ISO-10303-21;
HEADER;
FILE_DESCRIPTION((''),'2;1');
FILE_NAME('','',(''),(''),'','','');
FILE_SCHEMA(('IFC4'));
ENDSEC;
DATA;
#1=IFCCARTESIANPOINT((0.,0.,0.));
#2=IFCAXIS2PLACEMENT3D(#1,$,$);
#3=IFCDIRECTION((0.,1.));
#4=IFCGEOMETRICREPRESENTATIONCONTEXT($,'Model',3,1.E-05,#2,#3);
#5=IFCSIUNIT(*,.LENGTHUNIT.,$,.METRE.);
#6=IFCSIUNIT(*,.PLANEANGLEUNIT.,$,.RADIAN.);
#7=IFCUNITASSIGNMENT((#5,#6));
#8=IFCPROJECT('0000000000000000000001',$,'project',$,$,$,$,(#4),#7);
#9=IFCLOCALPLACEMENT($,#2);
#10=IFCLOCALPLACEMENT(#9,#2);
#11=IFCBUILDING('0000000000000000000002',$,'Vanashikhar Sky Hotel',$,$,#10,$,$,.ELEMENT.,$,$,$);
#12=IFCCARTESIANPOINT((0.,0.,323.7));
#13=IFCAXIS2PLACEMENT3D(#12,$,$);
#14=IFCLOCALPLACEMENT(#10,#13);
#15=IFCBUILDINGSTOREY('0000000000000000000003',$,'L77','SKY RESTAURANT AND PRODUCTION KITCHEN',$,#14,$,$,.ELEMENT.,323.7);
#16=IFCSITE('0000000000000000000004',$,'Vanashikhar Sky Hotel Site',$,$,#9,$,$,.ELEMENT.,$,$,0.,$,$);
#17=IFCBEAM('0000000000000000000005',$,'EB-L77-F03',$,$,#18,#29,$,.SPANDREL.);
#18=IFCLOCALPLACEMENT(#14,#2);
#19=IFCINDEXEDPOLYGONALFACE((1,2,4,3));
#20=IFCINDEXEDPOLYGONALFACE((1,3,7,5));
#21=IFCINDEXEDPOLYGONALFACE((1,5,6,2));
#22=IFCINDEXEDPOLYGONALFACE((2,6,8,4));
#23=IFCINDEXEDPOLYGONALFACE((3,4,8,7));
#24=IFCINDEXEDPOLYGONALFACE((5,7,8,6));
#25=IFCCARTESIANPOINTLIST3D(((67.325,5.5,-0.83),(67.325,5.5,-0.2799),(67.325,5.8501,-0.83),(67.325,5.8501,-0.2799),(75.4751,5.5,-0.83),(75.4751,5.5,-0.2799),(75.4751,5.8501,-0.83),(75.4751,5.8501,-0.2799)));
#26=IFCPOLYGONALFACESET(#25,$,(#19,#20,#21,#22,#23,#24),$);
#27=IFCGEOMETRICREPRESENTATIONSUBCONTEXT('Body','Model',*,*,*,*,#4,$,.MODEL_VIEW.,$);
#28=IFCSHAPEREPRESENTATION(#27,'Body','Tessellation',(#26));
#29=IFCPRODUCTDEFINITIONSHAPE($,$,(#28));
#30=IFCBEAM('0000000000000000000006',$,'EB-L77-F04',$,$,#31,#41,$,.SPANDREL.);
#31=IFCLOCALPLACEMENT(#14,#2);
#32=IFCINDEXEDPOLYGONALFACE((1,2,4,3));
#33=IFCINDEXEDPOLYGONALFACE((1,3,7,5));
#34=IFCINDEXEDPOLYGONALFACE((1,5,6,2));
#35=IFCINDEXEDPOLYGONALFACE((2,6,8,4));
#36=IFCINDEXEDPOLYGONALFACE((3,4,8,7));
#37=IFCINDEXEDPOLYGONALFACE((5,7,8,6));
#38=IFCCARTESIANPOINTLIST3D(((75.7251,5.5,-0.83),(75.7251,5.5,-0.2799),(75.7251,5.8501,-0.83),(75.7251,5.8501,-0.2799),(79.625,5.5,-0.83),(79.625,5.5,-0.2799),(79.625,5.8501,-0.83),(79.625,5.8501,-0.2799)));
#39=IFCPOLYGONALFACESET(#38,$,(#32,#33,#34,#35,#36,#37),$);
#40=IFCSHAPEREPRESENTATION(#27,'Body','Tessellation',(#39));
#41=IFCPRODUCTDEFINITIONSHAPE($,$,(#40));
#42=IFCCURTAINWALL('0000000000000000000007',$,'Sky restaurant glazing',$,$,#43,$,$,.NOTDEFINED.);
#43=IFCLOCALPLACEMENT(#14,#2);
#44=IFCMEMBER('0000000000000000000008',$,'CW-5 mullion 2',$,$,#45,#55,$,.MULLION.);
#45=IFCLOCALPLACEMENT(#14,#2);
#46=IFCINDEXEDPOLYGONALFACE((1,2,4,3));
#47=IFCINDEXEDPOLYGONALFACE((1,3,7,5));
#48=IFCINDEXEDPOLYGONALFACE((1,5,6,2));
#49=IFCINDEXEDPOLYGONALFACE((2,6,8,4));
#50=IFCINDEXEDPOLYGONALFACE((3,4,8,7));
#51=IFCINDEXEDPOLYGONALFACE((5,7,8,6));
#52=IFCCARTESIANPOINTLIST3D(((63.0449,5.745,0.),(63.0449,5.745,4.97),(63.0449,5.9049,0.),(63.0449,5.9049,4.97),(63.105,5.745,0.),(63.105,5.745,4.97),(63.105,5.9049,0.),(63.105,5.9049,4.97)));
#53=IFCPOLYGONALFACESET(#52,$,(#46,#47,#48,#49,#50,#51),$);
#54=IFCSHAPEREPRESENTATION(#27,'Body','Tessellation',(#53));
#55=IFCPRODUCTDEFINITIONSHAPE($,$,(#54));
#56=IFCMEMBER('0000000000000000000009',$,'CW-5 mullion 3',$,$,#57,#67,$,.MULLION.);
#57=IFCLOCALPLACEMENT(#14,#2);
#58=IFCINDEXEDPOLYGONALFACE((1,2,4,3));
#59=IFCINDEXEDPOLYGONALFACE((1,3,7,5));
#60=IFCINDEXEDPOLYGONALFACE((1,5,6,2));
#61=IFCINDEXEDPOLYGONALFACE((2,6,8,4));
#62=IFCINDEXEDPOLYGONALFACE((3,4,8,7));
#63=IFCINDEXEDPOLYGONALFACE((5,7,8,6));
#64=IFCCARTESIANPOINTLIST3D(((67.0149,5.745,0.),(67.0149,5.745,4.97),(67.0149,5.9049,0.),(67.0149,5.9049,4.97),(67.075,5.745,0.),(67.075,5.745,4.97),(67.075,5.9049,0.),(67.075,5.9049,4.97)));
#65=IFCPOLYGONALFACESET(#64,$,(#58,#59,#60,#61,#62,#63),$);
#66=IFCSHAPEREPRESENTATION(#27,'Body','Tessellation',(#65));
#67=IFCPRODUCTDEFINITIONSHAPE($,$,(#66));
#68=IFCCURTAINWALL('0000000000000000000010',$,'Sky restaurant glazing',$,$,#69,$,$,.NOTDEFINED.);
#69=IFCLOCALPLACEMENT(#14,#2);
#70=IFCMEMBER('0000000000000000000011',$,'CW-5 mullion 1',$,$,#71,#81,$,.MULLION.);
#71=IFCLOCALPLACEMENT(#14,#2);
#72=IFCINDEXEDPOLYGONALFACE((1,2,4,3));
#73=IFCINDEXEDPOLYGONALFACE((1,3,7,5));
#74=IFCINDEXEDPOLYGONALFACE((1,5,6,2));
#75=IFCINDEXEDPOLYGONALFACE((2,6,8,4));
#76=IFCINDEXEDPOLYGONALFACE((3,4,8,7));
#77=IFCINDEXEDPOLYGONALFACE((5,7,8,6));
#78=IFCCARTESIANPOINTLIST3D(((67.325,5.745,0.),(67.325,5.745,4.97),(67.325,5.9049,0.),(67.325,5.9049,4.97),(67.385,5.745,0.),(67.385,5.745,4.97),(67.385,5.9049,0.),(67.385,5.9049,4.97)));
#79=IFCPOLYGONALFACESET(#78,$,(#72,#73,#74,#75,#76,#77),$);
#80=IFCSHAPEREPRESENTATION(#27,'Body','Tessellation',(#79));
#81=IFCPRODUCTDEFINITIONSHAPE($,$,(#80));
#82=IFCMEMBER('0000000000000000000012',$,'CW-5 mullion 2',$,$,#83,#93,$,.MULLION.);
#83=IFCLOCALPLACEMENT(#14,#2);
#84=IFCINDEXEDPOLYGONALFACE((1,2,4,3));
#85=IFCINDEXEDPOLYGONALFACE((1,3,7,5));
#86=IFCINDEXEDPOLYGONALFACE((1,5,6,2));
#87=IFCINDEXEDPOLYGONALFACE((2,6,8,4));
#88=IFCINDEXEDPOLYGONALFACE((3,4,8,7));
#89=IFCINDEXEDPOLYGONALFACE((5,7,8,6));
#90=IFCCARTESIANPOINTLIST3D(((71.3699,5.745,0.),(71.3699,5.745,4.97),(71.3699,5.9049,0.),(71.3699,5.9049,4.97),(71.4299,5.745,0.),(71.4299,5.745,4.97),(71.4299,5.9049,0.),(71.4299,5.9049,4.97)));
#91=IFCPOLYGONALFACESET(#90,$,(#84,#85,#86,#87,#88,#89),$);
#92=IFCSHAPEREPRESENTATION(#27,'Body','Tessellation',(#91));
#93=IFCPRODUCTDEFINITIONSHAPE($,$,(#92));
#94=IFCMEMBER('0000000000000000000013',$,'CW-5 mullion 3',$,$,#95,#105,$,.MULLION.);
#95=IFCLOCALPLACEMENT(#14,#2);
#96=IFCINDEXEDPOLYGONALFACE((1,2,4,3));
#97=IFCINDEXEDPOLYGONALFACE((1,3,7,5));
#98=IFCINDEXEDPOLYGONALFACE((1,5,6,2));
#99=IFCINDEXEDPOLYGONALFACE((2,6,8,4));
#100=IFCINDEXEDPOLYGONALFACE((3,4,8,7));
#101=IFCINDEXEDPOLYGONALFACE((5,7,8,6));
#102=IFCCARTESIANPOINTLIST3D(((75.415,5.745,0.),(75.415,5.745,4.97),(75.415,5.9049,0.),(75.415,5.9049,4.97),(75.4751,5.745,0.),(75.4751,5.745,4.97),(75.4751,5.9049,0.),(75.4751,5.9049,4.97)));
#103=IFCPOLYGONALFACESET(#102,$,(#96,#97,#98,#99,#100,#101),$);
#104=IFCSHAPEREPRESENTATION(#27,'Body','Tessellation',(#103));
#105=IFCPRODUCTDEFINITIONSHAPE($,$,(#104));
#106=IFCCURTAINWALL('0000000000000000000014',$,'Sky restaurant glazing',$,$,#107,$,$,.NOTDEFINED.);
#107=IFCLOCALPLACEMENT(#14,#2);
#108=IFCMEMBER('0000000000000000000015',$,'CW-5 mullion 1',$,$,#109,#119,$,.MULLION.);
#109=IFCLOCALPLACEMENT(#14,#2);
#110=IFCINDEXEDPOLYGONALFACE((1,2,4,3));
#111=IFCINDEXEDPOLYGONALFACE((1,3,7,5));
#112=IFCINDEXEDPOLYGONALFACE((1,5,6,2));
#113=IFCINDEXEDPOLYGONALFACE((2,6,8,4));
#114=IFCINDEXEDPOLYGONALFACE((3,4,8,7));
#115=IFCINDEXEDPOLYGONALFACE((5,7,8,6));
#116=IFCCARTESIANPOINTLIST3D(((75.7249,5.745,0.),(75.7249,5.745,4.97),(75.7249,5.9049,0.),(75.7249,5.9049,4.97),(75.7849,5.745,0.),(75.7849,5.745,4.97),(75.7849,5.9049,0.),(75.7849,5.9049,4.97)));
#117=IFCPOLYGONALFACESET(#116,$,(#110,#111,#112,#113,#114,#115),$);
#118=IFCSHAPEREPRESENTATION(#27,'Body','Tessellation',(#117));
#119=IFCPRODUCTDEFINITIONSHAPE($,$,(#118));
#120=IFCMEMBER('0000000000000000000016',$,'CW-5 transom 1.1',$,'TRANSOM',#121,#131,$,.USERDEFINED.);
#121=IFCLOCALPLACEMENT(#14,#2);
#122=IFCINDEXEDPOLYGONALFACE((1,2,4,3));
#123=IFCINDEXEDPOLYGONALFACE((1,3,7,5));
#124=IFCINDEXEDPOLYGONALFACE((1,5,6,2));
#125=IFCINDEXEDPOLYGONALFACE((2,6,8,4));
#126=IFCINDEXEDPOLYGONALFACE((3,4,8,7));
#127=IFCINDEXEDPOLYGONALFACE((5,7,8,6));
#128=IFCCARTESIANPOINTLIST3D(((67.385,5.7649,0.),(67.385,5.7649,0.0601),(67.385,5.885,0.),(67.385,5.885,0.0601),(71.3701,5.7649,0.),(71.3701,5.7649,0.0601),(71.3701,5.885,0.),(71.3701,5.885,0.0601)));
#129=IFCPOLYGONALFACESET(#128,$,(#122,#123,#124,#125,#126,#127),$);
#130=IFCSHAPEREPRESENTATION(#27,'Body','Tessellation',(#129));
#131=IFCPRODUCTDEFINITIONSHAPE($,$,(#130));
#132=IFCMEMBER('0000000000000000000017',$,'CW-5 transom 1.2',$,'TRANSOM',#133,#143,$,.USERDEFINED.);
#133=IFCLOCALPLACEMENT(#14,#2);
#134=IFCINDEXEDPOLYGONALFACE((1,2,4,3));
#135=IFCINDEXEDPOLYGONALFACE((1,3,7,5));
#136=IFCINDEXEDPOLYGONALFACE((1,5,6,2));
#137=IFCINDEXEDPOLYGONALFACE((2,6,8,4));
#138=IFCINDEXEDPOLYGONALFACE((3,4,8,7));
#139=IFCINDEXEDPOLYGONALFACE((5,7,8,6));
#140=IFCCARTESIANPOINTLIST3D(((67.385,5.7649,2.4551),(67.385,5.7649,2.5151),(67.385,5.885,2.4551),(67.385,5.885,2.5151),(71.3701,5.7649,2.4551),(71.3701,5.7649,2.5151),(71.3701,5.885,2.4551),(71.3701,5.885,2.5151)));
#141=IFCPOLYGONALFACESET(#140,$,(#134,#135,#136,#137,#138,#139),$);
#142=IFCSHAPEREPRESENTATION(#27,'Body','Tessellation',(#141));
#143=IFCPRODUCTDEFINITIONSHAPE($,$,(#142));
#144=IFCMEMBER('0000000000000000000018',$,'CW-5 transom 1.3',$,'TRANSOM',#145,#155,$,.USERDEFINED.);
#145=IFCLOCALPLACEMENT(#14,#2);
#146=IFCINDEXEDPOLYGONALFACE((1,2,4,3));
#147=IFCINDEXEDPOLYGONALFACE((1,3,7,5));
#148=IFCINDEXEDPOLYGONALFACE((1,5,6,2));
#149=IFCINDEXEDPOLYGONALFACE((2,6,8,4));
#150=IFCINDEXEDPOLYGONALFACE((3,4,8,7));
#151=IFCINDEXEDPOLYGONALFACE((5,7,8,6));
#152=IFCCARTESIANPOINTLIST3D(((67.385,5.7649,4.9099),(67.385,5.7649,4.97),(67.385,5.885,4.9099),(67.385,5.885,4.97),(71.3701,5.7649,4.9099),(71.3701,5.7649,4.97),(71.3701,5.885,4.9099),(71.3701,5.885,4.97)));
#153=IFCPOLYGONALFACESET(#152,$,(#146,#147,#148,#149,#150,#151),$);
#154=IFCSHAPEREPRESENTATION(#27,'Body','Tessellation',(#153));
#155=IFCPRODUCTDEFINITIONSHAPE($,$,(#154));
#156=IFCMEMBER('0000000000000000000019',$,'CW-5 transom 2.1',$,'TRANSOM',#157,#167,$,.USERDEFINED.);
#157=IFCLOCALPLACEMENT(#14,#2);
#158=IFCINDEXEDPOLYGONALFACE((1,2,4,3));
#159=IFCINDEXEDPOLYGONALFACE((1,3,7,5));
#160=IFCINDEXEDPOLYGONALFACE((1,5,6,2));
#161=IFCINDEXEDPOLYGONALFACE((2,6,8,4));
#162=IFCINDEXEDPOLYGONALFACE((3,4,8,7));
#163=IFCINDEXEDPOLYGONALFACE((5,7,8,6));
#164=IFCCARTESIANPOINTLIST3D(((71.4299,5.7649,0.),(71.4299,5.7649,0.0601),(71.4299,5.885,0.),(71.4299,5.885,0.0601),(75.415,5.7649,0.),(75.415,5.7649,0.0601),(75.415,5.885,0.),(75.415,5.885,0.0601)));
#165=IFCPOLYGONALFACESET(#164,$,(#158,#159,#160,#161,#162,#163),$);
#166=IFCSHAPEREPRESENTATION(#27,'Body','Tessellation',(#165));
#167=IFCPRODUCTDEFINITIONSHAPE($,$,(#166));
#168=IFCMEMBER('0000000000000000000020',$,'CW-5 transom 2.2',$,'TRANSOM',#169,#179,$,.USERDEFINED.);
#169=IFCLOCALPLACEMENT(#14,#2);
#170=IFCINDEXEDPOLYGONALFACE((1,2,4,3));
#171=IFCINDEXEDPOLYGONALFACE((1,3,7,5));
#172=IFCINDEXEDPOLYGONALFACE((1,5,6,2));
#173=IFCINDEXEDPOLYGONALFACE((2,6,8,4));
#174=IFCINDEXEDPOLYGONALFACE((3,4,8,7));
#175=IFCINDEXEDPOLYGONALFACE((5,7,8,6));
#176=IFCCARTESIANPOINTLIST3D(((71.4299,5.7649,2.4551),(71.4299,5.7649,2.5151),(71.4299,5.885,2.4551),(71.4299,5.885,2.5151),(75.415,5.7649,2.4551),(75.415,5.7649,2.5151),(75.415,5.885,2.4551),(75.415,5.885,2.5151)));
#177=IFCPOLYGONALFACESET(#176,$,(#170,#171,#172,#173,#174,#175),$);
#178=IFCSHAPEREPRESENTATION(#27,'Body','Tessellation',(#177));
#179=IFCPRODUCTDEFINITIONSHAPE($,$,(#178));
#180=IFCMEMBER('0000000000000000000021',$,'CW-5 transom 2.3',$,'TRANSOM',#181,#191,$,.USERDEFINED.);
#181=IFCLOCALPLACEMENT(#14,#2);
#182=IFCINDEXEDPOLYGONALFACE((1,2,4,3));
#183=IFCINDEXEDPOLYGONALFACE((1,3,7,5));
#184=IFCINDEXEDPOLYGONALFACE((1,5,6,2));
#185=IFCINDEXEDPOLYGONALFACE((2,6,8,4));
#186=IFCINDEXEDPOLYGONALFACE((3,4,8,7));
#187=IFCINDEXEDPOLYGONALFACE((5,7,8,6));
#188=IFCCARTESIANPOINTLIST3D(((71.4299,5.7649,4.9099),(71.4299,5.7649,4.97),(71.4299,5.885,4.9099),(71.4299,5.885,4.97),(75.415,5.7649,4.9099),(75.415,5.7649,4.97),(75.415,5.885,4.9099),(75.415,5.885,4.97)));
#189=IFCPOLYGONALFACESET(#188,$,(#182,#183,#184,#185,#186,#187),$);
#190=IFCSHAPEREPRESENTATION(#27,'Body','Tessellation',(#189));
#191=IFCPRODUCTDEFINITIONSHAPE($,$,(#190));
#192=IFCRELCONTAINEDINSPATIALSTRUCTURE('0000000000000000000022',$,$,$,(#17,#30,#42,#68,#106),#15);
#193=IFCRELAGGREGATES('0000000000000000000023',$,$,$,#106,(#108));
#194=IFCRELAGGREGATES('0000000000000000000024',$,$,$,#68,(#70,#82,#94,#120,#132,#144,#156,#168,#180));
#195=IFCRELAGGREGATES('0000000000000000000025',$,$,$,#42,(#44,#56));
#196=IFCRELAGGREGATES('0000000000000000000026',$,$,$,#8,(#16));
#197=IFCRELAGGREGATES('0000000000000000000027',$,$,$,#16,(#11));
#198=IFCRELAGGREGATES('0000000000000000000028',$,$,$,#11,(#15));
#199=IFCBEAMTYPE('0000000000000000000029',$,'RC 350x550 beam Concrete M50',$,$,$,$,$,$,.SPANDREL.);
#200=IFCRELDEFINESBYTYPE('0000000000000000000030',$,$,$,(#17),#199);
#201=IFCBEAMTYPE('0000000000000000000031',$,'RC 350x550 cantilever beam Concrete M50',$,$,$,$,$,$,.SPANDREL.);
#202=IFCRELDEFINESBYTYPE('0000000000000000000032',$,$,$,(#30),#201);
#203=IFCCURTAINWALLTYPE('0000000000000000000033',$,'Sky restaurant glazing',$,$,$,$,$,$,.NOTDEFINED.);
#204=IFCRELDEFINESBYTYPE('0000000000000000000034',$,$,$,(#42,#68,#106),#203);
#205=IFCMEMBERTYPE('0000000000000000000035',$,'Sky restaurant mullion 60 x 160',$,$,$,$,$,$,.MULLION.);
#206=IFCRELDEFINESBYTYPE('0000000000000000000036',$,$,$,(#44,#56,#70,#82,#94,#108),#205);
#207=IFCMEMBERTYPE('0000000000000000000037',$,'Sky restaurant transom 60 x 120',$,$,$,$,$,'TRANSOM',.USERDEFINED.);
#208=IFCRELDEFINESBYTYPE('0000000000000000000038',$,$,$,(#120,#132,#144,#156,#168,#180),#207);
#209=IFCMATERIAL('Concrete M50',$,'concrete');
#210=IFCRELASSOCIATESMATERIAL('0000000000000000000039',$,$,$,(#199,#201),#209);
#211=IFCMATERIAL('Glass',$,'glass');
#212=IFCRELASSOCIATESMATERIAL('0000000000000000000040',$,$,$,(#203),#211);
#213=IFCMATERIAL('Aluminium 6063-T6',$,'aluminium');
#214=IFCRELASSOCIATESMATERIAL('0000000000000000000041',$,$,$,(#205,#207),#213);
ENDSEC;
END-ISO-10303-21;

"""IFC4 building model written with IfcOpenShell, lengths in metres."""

from ifc_helpers import new_model, si_unit, direction, frame, origin, origin_2d, place, context, subcontext, project, spatial, rectangle, extrude, source, transform, mapped, material, material_profile, profile_set, type_object, element, aggregate, save


model = new_model("IFC4")

# Units and contexts
model_context = context("Model", 3, precision=1e-05, world=origin(), true_north=direction((0.0, 1.0)))
body_context = subcontext(model_context, "Body", "Model", "MODEL_VIEW")
ifc_project = project(units=[si_unit("LENGTHUNIT", "METRE"), si_unit("PLANEANGLEUNIT", "RADIAN")], contexts=[model_context])

# Site, building, storey
site_placement = place(None, origin())
site = spatial("IfcSite", under=ifc_project, at=site_placement, Name="Vanashikhar Sky Hotel Site", CompositionType="ELEMENT", RefElevation=0.0)
building_placement = place(site_placement, origin())
building = spatial("IfcBuilding", under=site, at=building_placement, Name="Vanashikhar Sky Hotel", CompositionType="ELEMENT")
storey_placement = place(building_placement, frame((0.0, 0.0, 323.7)))
storey = spatial("IfcBuildingStorey", under=building, at=storey_placement, Name="L77", Description="SKY RESTAURANT AND PRODUCTION KITCHEN", CompositionType="ELEMENT", Elevation=323.7)

# Beams
ifc_material_1 = material(Name="Concrete M50", Category="concrete")
ifc_material_profile_1 = material_profile(ifc_material_1, rectangle(XDim=0.3501, YDim=0.55, at=origin_2d()))
ifc_profile_set_1 = profile_set([ifc_material_profile_1], Name="RC 350x550 beam Concrete M50")
beam_type_1 = type_object("IfcBeamType", Name="RC 350x550 beam Concrete M50", PredefinedType="SPANDREL", material=ifc_profile_set_1)
shared_shape_1 = source(origin(), body_context, "Body", "SweptSolid", [
    extrude(rectangle(XDim=0.3501, YDim=0.55, at=origin_2d()), origin(), (0.0, 0.0, 1.0), 8.1501),
])
beam_1_placement = place(storey_placement, frame((67.325, 5.675, -0.5549), z_axis=(1.0, 0.0, 0.0), x_axis=(0.0, 1.0, 0.0)))
element("IfcBeam", 1, at=beam_1_placement, inside=storey, type_object=beam_type_1, Name="EB-L77-F03", PredefinedType="SPANDREL", context=body_context, shape_type="MappedRepresentation", body=[
    mapped(shared_shape_1, transform((0.0, 0.0, 0.0), scale=1.0)),
])
ifc_material_profile_2 = material_profile(ifc_material_1, rectangle(XDim=0.3501, YDim=0.55, at=origin_2d()))
ifc_profile_set_2 = profile_set([ifc_material_profile_2], Name="RC 350x550 cantilever beam Concrete M50")
beam_type_2 = type_object("IfcBeamType", Name="RC 350x550 cantilever beam Concrete M50", PredefinedType="SPANDREL", material=ifc_profile_set_2)
shared_shape_2 = source(origin(), body_context, "Body", "SweptSolid", [
    extrude(rectangle(XDim=0.3501, YDim=0.55, at=origin_2d()), origin(), (0.0, 0.0, 1.0), 3.8999),
])
beam_2_placement = place(storey_placement, frame((75.7251, 5.675, -0.5549), z_axis=(1.0, 0.0, 0.0), x_axis=(0.0, 1.0, 0.0)))
element("IfcBeam", 2, at=beam_2_placement, inside=storey, type_object=beam_type_2, Name="EB-L77-F04", PredefinedType="SPANDREL", context=body_context, shape_type="MappedRepresentation", body=[
    mapped(shared_shape_2, transform((0.0, 0.0, 0.0), scale=1.0)),
])

# Curtain walls, members
ifc_material_2 = material(Name="Glass", Category="glass")
curtain_wall_type = type_object("IfcCurtainWallType", Name="Sky restaurant glazing", PredefinedType="NOTDEFINED", material=ifc_material_2)
curtain_wall_1_placement = place(storey_placement, origin())
curtain_wall_1 = element("IfcCurtainWall", 3, at=curtain_wall_1_placement, inside=storey, type_object=curtain_wall_type, Name="Sky restaurant glazing", PredefinedType="NOTDEFINED")
ifc_material_3 = material(Name="Aluminium 6063-T6", Category="aluminium")
ifc_material_profile_3 = material_profile(ifc_material_3, rectangle(XDim=0.1599, YDim=0.0601, at=origin_2d()))
ifc_profile_set_3 = profile_set([ifc_material_profile_3], Name="Aluminium 6063-T6")
member_type_1 = type_object("IfcMemberType", Name="Sky restaurant mullion 60 x 160", PredefinedType="MULLION", material=ifc_profile_set_3)
shared_shape_3 = source(origin(), body_context, "Body", "SweptSolid", [
    extrude(rectangle(XDim=0.1599, YDim=0.0601, at=origin_2d()), origin(), (0.0, 0.0, 1.0), 4.97),
])
member_1_placement = place(storey_placement, frame((63.075, 5.825, 0.0), z_axis=(0.0, 0.0, 1.0), x_axis=(0.0, 1.0, 0.0)))
member_1 = element("IfcMember", 4, at=member_1_placement, type_object=member_type_1, Name="CW-5 mullion 2", PredefinedType="MULLION", context=body_context, shape_type="MappedRepresentation", body=[
    mapped(shared_shape_3, transform((0.0, 0.0, 0.0), scale=1.0)),
])
member_2_placement = place(storey_placement, frame((67.0449, 5.825, 0.0), z_axis=(0.0, 0.0, 1.0), x_axis=(0.0, 1.0, 0.0)))
member_2 = element("IfcMember", 5, at=member_2_placement, type_object=member_type_1, Name="CW-5 mullion 3", PredefinedType="MULLION", context=body_context, shape_type="MappedRepresentation", body=[
    mapped(shared_shape_3, transform((0.0, 0.0, 0.0), scale=1.0)),
])
curtain_wall_2_placement = place(storey_placement, origin())
curtain_wall_2 = element("IfcCurtainWall", 6, at=curtain_wall_2_placement, inside=storey, type_object=curtain_wall_type, Name="Sky restaurant glazing", PredefinedType="NOTDEFINED")
member_3_placement = place(storey_placement, frame((67.355, 5.825, 0.0), z_axis=(0.0, 0.0, 1.0), x_axis=(0.0, 1.0, 0.0)))
member_3 = element("IfcMember", 7, at=member_3_placement, type_object=member_type_1, Name="CW-5 mullion 1", PredefinedType="MULLION", context=body_context, shape_type="MappedRepresentation", body=[
    mapped(shared_shape_3, transform((0.0, 0.0, 0.0), scale=1.0)),
])
member_4_placement = place(storey_placement, frame((71.3999, 5.825, 0.0), z_axis=(0.0, 0.0, 1.0), x_axis=(0.0, 1.0, 0.0)))
member_4 = element("IfcMember", 8, at=member_4_placement, type_object=member_type_1, Name="CW-5 mullion 2", PredefinedType="MULLION", context=body_context, shape_type="MappedRepresentation", body=[
    mapped(shared_shape_3, transform((0.0, 0.0, 0.0), scale=1.0)),
])
member_5_placement = place(storey_placement, frame((75.4451, 5.825, 0.0), z_axis=(0.0, 0.0, 1.0), x_axis=(0.0, 1.0, 0.0)))
member_5 = element("IfcMember", 9, at=member_5_placement, type_object=member_type_1, Name="CW-5 mullion 3", PredefinedType="MULLION", context=body_context, shape_type="MappedRepresentation", body=[
    mapped(shared_shape_3, transform((0.0, 0.0, 0.0), scale=1.0)),
])

# Curtain wall, member
curtain_wall_3_placement = place(storey_placement, origin())
curtain_wall_3 = element("IfcCurtainWall", 10, at=curtain_wall_3_placement, inside=storey, type_object=curtain_wall_type, Name="Sky restaurant glazing", PredefinedType="NOTDEFINED")
member_6_placement = place(storey_placement, frame((75.7549, 5.825, 0.0), z_axis=(0.0, 0.0, 1.0), x_axis=(0.0, 1.0, 0.0)))
member_6 = element("IfcMember", 11, at=member_6_placement, type_object=member_type_1, Name="CW-5 mullion 1", PredefinedType="MULLION", context=body_context, shape_type="MappedRepresentation", body=[
    mapped(shared_shape_3, transform((0.0, 0.0, 0.0), scale=1.0)),
])
aggregate(curtain_wall_3, [member_6])

# Members
ifc_material_profile_4 = material_profile(ifc_material_3, rectangle(XDim=0.1201, YDim=0.0601, at=origin_2d()))
ifc_profile_set_4 = profile_set([ifc_material_profile_4], Name="Aluminium 6063-T6")
member_type_2 = type_object("IfcMemberType", Name="Sky restaurant transom 60 x 120", ElementType="TRANSOM", PredefinedType="USERDEFINED", material=ifc_profile_set_4)
shared_shape_4 = source(origin(), body_context, "Body", "SweptSolid", [
    extrude(rectangle(XDim=0.1201, YDim=0.0601, at=origin_2d()), origin(), (0.0, 0.0, 1.0), 3.9851),
])
member_7_placement = place(storey_placement, frame((67.385, 5.825, 0.03), z_axis=(1.0, 0.0, 0.0), x_axis=(0.0, 1.0, 0.0)))
member_7 = element("IfcMember", 12, at=member_7_placement, type_object=member_type_2, Name="CW-5 transom 1.1", ObjectType="TRANSOM", PredefinedType="USERDEFINED", context=body_context, shape_type="MappedRepresentation", body=[
    mapped(shared_shape_4, transform((0.0, 0.0, 0.0), scale=1.0)),
])
member_8_placement = place(storey_placement, frame((67.385, 5.825, 2.4851), z_axis=(1.0, 0.0, 0.0), x_axis=(0.0, 1.0, 0.0)))
member_8 = element("IfcMember", 13, at=member_8_placement, type_object=member_type_2, Name="CW-5 transom 1.2", ObjectType="TRANSOM", PredefinedType="USERDEFINED", context=body_context, shape_type="MappedRepresentation", body=[
    mapped(shared_shape_4, transform((0.0, 0.0, 0.0), scale=1.0)),
])
member_9_placement = place(storey_placement, frame((67.385, 5.825, 4.9399), z_axis=(1.0, 0.0, 0.0), x_axis=(0.0, 1.0, 0.0)))
member_9 = element("IfcMember", 14, at=member_9_placement, type_object=member_type_2, Name="CW-5 transom 1.3", ObjectType="TRANSOM", PredefinedType="USERDEFINED", context=body_context, shape_type="MappedRepresentation", body=[
    mapped(shared_shape_4, transform((0.0, 0.0, 0.0), scale=1.0)),
])
member_10_placement = place(storey_placement, frame((71.4299, 5.825, 0.03), z_axis=(1.0, 0.0, 0.0), x_axis=(0.0, 1.0, 0.0)))
member_10 = element("IfcMember", 15, at=member_10_placement, type_object=member_type_2, Name="CW-5 transom 2.1", ObjectType="TRANSOM", PredefinedType="USERDEFINED", context=body_context, shape_type="MappedRepresentation", body=[
    mapped(shared_shape_4, transform((0.0, 0.0, 0.0), scale=1.0)),
])
member_11_placement = place(storey_placement, frame((71.4299, 5.825, 2.4851), z_axis=(1.0, 0.0, 0.0), x_axis=(0.0, 1.0, 0.0)))
member_11 = element("IfcMember", 16, at=member_11_placement, type_object=member_type_2, Name="CW-5 transom 2.2", ObjectType="TRANSOM", PredefinedType="USERDEFINED", context=body_context, shape_type="MappedRepresentation", body=[
    mapped(shared_shape_4, transform((0.0, 0.0, 0.0), scale=1.0)),
])
member_12_placement = place(storey_placement, frame((71.4299, 5.825, 4.9399), z_axis=(1.0, 0.0, 0.0), x_axis=(0.0, 1.0, 0.0)))
member_12 = element("IfcMember", 17, at=member_12_placement, type_object=member_type_2, Name="CW-5 transom 2.3", ObjectType="TRANSOM", PredefinedType="USERDEFINED", context=body_context, shape_type="MappedRepresentation", body=[
    mapped(shared_shape_4, transform((0.0, 0.0, 0.0), scale=1.0)),
])

aggregate(curtain_wall_2, [member_3, member_4, member_5, member_7, member_8, member_9, member_10, member_11, member_12])
aggregate(curtain_wall_1, [member_1, member_2])

save(model, "model.ifc")
